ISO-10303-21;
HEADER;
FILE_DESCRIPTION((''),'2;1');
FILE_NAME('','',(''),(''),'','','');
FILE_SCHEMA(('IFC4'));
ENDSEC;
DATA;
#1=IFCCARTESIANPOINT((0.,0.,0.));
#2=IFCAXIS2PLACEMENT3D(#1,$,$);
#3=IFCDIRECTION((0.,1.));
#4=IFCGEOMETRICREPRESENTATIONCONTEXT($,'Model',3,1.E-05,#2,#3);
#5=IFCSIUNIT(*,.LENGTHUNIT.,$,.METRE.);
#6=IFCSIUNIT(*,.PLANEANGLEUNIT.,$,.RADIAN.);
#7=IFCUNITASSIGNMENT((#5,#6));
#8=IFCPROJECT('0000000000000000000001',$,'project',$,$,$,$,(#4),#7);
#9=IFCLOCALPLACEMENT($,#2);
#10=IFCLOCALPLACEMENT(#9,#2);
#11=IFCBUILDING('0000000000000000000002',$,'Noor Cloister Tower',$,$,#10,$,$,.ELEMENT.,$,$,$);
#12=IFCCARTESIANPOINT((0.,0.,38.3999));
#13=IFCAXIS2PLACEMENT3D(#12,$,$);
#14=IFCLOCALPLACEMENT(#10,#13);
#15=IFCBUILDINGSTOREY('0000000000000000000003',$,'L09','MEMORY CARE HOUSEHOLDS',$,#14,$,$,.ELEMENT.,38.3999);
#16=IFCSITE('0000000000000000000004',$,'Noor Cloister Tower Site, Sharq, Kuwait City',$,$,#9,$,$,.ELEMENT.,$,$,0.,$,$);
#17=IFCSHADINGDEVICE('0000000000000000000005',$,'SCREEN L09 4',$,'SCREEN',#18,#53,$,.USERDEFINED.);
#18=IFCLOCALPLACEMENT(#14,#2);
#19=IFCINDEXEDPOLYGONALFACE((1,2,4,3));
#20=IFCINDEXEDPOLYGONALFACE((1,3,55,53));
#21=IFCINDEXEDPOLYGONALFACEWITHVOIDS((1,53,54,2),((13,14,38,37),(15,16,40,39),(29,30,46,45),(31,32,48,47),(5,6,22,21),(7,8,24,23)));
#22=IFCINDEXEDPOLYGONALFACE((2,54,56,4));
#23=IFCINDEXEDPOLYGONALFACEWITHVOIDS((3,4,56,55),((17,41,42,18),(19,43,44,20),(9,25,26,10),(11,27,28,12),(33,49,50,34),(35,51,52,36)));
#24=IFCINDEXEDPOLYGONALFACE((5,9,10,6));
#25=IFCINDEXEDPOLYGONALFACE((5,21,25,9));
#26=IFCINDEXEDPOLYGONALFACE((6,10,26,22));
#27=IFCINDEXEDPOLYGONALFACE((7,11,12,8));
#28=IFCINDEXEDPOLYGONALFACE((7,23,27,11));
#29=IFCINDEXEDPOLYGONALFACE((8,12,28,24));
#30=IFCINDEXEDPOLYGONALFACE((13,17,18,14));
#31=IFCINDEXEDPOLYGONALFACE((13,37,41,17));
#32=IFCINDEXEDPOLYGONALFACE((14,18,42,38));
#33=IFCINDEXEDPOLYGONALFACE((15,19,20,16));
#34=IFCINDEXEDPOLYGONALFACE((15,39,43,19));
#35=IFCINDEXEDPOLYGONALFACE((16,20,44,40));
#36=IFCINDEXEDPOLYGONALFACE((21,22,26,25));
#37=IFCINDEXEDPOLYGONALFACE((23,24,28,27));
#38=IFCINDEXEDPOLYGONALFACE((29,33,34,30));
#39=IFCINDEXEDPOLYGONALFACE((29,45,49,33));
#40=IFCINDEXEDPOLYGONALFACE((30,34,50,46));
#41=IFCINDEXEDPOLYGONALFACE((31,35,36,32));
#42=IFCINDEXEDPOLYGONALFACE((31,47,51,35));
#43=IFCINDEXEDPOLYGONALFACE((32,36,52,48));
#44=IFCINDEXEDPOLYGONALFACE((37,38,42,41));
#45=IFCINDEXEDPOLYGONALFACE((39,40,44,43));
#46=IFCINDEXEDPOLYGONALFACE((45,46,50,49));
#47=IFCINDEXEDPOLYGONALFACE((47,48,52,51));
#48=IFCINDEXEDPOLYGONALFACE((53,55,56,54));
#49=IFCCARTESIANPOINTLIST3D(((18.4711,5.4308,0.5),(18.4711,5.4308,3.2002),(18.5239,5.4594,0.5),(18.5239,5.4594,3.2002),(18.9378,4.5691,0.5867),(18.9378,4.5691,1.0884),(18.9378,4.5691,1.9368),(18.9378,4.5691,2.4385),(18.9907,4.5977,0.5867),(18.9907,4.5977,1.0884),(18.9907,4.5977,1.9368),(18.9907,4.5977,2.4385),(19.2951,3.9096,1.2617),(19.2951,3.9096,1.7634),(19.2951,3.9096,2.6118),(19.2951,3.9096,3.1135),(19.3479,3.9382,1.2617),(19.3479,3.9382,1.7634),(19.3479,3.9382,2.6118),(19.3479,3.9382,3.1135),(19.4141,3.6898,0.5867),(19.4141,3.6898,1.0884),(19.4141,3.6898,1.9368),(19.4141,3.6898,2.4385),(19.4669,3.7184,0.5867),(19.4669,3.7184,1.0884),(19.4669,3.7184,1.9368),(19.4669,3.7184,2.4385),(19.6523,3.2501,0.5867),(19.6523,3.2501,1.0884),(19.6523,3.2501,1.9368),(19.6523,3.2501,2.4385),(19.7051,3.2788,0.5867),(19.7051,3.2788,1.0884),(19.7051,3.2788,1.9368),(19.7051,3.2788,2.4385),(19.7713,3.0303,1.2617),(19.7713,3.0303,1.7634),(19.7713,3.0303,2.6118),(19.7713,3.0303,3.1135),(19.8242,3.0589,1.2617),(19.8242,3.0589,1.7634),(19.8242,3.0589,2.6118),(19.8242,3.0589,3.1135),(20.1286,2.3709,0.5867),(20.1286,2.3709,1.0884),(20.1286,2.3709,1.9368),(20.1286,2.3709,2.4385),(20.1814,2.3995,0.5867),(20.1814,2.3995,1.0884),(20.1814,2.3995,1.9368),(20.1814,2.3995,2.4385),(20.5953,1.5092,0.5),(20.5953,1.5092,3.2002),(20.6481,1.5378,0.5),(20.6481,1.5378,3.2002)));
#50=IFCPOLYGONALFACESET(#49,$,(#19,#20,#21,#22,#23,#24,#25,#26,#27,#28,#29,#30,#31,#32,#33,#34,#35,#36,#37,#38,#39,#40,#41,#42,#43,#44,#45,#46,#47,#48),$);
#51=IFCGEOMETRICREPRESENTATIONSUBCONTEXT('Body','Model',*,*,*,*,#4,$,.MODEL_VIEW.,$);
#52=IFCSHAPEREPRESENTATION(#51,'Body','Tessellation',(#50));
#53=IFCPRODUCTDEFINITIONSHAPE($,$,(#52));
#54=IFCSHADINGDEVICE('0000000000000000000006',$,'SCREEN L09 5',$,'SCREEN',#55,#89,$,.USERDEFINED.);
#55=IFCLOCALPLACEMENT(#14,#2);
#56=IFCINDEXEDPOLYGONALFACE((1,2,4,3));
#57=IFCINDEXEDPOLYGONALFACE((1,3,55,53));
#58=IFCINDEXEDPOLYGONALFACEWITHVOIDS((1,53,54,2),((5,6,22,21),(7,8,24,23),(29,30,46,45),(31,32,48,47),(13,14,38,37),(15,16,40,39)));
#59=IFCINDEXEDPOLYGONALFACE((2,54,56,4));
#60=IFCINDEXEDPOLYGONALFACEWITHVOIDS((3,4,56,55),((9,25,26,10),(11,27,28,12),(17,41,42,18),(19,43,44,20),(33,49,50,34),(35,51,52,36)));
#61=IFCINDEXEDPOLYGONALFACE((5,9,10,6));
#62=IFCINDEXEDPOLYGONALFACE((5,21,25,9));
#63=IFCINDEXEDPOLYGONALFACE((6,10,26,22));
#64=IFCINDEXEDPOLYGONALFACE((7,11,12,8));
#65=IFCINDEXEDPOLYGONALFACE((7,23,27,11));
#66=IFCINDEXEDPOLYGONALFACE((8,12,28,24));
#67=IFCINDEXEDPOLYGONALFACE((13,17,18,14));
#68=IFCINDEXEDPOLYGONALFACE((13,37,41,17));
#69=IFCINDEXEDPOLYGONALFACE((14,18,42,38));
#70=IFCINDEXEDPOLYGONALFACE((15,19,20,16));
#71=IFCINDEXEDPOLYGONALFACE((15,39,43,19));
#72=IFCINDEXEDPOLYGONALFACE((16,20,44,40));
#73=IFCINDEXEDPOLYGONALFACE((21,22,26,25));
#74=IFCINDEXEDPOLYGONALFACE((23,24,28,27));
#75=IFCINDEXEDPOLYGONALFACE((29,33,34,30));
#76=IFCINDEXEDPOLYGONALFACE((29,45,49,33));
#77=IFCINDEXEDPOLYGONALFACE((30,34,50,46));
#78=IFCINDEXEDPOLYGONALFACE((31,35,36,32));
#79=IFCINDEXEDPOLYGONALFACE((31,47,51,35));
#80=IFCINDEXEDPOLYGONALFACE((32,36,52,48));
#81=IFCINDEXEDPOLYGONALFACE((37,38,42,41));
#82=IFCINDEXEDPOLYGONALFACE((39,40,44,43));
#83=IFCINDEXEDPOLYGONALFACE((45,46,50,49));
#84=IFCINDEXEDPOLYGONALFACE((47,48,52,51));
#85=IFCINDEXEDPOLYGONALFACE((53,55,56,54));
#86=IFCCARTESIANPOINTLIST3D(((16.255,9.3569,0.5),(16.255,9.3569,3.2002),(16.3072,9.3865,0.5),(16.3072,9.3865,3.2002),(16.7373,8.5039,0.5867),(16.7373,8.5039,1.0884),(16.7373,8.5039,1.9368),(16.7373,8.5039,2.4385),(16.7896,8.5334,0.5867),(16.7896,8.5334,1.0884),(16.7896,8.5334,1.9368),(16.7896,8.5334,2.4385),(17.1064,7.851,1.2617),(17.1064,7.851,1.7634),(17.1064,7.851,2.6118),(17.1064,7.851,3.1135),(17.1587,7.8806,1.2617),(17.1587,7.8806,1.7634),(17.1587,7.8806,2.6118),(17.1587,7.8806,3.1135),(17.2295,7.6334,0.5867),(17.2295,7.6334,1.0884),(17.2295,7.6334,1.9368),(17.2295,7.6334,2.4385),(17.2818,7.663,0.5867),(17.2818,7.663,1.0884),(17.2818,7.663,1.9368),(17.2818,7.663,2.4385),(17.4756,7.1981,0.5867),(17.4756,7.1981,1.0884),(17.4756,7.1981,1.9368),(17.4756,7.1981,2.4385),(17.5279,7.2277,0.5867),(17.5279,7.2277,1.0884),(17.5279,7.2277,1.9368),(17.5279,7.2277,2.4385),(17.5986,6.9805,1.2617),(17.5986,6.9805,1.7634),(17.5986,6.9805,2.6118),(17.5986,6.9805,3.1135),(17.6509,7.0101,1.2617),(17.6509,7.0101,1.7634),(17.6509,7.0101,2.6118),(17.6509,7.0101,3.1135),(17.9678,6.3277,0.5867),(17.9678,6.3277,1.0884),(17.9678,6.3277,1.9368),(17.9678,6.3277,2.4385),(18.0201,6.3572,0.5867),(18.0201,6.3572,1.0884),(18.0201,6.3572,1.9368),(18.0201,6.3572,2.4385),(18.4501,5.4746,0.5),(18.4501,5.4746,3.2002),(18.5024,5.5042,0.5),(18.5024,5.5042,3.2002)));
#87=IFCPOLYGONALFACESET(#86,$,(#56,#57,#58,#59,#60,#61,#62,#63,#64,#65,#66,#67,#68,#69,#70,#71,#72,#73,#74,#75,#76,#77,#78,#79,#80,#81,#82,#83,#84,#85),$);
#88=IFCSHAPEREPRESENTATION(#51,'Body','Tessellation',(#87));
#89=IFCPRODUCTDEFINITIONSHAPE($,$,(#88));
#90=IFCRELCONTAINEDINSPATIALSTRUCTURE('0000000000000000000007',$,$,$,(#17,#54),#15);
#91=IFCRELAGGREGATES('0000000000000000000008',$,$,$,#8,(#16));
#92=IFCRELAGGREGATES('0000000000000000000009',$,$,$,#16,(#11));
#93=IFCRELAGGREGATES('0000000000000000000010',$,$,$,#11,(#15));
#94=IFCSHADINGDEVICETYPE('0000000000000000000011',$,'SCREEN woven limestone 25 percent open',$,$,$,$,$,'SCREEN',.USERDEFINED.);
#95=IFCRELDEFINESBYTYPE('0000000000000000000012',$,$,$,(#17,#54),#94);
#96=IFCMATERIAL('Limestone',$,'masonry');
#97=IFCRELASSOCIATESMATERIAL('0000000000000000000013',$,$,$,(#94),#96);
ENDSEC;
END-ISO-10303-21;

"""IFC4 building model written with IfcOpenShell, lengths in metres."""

from ifc_helpers import new_model, si_unit, direction, frame, origin, place, context, subcontext, project, spatial, polyline, outline, extrude, material, material_profile, profile_set, type_object, element, save


model = new_model("IFC4")

# Units and contexts
model_context = context("Model", 3, precision=1e-05, world=origin(), true_north=direction((0.0, 1.0)))
body_context = subcontext(model_context, "Body", "Model", "MODEL_VIEW")
ifc_project = project(units=[si_unit("LENGTHUNIT", "METRE"), si_unit("PLANEANGLEUNIT", "RADIAN")], contexts=[model_context])

# Site, building, storey
site_placement = place(None, origin())
site = spatial("IfcSite", under=ifc_project, at=site_placement, Name="Noor Cloister Tower Site, Sharq, Kuwait City", CompositionType="ELEMENT", RefElevation=0.0)
building_placement = place(site_placement, origin())
building = spatial("IfcBuilding", under=site, at=building_placement, Name="Noor Cloister Tower", CompositionType="ELEMENT")
storey_placement = place(building_placement, frame((0.0, 0.0, 38.3999)))
storey = spatial("IfcBuildingStorey", under=building, at=storey_placement, Name="L09", Description="MEMORY CARE HOUSEHOLDS", CompositionType="ELEMENT", Elevation=38.3999)

# Shading devices
ifc_material_1 = material(Name="Limestone", Category="masonry")
ifc_material_profile_1 = material_profile(ifc_material_1, outline(polyline([(-2.23, -1.3501), (2.23, -1.3501), (2.23, 1.3501), (-2.23, 1.3501), (-2.23, -1.3501)]), holes=[polyline([(-1.25, -1.2634), (-0.25, -1.2634), (-0.25, -0.7617), (-1.25, -0.7617), (-1.25, -1.2634)]), polyline([(0.25, -1.2634), (1.25, -1.2634), (1.25, -0.7617), (0.25, -0.7617), (0.25, -1.2634)]), polyline([(-0.5, -0.5884), (0.5, -0.5884), (0.5, -0.0867), (-0.5, -0.0867), (-0.5, -0.5884)]), polyline([(-1.25, 0.0867), (-0.25, 0.0867), (-0.25, 0.5884), (-1.25, 0.5884), (-1.25, 0.0867)]), polyline([(0.25, 0.0867), (1.25, 0.0867), (1.25, 0.5884), (0.25, 0.5884), (0.25, 0.0867)]), polyline([(-0.5, 0.7617), (0.5, 0.7617), (0.5, 1.2634), (-0.5, 1.2634), (-0.5, 0.7617)])]), Name="Woven screen 25 percent open")
ifc_profile_set_1 = profile_set([ifc_material_profile_1], Name="Limestone")
shading_device_type = type_object("IfcShadingDeviceType", Name="SCREEN woven limestone 25 percent open", ElementType="SCREEN", PredefinedType="USERDEFINED", material=ifc_profile_set_1)
for number, where, z_axis, x_axis, name in (
    (1, (19.5332, 3.47, 1.8501), (0.879292, 0.476283, 0.0), (-0.476283, 0.879292, 0.0), "SCREEN L09 4"),
    (2, (17.3525, 7.4158, 1.8501), (0.870487, 0.492191, 0.0), (-0.492191, 0.870487, 0.0), "SCREEN L09 5"),
):
    element("IfcShadingDevice", number, at=place(storey_placement, frame(where, z_axis=z_axis, x_axis=x_axis)), inside=storey, type_object=shading_device_type, Name=name, ObjectType="SCREEN", PredefinedType="USERDEFINED", context=body_context, shape_type="SweptSolid", body=[
        extrude(outline(polyline([(-2.23, -1.3501), (2.23, -1.3501), (2.23, 1.3501), (-2.23, 1.3501), (-2.23, -1.3501)]), holes=[polyline([(-1.25, -1.2634), (-0.25, -1.2634), (-0.25, -0.7617), (-1.25, -0.7617), (-1.25, -1.2634)]), polyline([(0.25, -1.2634), (1.25, -1.2634), (1.25, -0.7617), (0.25, -0.7617), (0.25, -1.2634)]), polyline([(-0.5, -0.5884), (0.5, -0.5884), (0.5, -0.0867), (-0.5, -0.0867), (-0.5, -0.5884)]), polyline([(-1.25, 0.0867), (-0.25, 0.0867), (-0.25, 0.5884), (-1.25, 0.5884), (-1.25, 0.0867)]), polyline([(0.25, 0.0867), (1.25, 0.0867), (1.25, 0.5884), (0.25, 0.5884), (0.25, 0.0867)]), polyline([(-0.5, 0.7617), (0.5, 0.7617), (0.5, 1.2634), (-0.5, 1.2634), (-0.5, 0.7617)])]), origin(), (0.0, 0.0, 1.0), 0.0601),
    ])

save(model, "model.ifc")
